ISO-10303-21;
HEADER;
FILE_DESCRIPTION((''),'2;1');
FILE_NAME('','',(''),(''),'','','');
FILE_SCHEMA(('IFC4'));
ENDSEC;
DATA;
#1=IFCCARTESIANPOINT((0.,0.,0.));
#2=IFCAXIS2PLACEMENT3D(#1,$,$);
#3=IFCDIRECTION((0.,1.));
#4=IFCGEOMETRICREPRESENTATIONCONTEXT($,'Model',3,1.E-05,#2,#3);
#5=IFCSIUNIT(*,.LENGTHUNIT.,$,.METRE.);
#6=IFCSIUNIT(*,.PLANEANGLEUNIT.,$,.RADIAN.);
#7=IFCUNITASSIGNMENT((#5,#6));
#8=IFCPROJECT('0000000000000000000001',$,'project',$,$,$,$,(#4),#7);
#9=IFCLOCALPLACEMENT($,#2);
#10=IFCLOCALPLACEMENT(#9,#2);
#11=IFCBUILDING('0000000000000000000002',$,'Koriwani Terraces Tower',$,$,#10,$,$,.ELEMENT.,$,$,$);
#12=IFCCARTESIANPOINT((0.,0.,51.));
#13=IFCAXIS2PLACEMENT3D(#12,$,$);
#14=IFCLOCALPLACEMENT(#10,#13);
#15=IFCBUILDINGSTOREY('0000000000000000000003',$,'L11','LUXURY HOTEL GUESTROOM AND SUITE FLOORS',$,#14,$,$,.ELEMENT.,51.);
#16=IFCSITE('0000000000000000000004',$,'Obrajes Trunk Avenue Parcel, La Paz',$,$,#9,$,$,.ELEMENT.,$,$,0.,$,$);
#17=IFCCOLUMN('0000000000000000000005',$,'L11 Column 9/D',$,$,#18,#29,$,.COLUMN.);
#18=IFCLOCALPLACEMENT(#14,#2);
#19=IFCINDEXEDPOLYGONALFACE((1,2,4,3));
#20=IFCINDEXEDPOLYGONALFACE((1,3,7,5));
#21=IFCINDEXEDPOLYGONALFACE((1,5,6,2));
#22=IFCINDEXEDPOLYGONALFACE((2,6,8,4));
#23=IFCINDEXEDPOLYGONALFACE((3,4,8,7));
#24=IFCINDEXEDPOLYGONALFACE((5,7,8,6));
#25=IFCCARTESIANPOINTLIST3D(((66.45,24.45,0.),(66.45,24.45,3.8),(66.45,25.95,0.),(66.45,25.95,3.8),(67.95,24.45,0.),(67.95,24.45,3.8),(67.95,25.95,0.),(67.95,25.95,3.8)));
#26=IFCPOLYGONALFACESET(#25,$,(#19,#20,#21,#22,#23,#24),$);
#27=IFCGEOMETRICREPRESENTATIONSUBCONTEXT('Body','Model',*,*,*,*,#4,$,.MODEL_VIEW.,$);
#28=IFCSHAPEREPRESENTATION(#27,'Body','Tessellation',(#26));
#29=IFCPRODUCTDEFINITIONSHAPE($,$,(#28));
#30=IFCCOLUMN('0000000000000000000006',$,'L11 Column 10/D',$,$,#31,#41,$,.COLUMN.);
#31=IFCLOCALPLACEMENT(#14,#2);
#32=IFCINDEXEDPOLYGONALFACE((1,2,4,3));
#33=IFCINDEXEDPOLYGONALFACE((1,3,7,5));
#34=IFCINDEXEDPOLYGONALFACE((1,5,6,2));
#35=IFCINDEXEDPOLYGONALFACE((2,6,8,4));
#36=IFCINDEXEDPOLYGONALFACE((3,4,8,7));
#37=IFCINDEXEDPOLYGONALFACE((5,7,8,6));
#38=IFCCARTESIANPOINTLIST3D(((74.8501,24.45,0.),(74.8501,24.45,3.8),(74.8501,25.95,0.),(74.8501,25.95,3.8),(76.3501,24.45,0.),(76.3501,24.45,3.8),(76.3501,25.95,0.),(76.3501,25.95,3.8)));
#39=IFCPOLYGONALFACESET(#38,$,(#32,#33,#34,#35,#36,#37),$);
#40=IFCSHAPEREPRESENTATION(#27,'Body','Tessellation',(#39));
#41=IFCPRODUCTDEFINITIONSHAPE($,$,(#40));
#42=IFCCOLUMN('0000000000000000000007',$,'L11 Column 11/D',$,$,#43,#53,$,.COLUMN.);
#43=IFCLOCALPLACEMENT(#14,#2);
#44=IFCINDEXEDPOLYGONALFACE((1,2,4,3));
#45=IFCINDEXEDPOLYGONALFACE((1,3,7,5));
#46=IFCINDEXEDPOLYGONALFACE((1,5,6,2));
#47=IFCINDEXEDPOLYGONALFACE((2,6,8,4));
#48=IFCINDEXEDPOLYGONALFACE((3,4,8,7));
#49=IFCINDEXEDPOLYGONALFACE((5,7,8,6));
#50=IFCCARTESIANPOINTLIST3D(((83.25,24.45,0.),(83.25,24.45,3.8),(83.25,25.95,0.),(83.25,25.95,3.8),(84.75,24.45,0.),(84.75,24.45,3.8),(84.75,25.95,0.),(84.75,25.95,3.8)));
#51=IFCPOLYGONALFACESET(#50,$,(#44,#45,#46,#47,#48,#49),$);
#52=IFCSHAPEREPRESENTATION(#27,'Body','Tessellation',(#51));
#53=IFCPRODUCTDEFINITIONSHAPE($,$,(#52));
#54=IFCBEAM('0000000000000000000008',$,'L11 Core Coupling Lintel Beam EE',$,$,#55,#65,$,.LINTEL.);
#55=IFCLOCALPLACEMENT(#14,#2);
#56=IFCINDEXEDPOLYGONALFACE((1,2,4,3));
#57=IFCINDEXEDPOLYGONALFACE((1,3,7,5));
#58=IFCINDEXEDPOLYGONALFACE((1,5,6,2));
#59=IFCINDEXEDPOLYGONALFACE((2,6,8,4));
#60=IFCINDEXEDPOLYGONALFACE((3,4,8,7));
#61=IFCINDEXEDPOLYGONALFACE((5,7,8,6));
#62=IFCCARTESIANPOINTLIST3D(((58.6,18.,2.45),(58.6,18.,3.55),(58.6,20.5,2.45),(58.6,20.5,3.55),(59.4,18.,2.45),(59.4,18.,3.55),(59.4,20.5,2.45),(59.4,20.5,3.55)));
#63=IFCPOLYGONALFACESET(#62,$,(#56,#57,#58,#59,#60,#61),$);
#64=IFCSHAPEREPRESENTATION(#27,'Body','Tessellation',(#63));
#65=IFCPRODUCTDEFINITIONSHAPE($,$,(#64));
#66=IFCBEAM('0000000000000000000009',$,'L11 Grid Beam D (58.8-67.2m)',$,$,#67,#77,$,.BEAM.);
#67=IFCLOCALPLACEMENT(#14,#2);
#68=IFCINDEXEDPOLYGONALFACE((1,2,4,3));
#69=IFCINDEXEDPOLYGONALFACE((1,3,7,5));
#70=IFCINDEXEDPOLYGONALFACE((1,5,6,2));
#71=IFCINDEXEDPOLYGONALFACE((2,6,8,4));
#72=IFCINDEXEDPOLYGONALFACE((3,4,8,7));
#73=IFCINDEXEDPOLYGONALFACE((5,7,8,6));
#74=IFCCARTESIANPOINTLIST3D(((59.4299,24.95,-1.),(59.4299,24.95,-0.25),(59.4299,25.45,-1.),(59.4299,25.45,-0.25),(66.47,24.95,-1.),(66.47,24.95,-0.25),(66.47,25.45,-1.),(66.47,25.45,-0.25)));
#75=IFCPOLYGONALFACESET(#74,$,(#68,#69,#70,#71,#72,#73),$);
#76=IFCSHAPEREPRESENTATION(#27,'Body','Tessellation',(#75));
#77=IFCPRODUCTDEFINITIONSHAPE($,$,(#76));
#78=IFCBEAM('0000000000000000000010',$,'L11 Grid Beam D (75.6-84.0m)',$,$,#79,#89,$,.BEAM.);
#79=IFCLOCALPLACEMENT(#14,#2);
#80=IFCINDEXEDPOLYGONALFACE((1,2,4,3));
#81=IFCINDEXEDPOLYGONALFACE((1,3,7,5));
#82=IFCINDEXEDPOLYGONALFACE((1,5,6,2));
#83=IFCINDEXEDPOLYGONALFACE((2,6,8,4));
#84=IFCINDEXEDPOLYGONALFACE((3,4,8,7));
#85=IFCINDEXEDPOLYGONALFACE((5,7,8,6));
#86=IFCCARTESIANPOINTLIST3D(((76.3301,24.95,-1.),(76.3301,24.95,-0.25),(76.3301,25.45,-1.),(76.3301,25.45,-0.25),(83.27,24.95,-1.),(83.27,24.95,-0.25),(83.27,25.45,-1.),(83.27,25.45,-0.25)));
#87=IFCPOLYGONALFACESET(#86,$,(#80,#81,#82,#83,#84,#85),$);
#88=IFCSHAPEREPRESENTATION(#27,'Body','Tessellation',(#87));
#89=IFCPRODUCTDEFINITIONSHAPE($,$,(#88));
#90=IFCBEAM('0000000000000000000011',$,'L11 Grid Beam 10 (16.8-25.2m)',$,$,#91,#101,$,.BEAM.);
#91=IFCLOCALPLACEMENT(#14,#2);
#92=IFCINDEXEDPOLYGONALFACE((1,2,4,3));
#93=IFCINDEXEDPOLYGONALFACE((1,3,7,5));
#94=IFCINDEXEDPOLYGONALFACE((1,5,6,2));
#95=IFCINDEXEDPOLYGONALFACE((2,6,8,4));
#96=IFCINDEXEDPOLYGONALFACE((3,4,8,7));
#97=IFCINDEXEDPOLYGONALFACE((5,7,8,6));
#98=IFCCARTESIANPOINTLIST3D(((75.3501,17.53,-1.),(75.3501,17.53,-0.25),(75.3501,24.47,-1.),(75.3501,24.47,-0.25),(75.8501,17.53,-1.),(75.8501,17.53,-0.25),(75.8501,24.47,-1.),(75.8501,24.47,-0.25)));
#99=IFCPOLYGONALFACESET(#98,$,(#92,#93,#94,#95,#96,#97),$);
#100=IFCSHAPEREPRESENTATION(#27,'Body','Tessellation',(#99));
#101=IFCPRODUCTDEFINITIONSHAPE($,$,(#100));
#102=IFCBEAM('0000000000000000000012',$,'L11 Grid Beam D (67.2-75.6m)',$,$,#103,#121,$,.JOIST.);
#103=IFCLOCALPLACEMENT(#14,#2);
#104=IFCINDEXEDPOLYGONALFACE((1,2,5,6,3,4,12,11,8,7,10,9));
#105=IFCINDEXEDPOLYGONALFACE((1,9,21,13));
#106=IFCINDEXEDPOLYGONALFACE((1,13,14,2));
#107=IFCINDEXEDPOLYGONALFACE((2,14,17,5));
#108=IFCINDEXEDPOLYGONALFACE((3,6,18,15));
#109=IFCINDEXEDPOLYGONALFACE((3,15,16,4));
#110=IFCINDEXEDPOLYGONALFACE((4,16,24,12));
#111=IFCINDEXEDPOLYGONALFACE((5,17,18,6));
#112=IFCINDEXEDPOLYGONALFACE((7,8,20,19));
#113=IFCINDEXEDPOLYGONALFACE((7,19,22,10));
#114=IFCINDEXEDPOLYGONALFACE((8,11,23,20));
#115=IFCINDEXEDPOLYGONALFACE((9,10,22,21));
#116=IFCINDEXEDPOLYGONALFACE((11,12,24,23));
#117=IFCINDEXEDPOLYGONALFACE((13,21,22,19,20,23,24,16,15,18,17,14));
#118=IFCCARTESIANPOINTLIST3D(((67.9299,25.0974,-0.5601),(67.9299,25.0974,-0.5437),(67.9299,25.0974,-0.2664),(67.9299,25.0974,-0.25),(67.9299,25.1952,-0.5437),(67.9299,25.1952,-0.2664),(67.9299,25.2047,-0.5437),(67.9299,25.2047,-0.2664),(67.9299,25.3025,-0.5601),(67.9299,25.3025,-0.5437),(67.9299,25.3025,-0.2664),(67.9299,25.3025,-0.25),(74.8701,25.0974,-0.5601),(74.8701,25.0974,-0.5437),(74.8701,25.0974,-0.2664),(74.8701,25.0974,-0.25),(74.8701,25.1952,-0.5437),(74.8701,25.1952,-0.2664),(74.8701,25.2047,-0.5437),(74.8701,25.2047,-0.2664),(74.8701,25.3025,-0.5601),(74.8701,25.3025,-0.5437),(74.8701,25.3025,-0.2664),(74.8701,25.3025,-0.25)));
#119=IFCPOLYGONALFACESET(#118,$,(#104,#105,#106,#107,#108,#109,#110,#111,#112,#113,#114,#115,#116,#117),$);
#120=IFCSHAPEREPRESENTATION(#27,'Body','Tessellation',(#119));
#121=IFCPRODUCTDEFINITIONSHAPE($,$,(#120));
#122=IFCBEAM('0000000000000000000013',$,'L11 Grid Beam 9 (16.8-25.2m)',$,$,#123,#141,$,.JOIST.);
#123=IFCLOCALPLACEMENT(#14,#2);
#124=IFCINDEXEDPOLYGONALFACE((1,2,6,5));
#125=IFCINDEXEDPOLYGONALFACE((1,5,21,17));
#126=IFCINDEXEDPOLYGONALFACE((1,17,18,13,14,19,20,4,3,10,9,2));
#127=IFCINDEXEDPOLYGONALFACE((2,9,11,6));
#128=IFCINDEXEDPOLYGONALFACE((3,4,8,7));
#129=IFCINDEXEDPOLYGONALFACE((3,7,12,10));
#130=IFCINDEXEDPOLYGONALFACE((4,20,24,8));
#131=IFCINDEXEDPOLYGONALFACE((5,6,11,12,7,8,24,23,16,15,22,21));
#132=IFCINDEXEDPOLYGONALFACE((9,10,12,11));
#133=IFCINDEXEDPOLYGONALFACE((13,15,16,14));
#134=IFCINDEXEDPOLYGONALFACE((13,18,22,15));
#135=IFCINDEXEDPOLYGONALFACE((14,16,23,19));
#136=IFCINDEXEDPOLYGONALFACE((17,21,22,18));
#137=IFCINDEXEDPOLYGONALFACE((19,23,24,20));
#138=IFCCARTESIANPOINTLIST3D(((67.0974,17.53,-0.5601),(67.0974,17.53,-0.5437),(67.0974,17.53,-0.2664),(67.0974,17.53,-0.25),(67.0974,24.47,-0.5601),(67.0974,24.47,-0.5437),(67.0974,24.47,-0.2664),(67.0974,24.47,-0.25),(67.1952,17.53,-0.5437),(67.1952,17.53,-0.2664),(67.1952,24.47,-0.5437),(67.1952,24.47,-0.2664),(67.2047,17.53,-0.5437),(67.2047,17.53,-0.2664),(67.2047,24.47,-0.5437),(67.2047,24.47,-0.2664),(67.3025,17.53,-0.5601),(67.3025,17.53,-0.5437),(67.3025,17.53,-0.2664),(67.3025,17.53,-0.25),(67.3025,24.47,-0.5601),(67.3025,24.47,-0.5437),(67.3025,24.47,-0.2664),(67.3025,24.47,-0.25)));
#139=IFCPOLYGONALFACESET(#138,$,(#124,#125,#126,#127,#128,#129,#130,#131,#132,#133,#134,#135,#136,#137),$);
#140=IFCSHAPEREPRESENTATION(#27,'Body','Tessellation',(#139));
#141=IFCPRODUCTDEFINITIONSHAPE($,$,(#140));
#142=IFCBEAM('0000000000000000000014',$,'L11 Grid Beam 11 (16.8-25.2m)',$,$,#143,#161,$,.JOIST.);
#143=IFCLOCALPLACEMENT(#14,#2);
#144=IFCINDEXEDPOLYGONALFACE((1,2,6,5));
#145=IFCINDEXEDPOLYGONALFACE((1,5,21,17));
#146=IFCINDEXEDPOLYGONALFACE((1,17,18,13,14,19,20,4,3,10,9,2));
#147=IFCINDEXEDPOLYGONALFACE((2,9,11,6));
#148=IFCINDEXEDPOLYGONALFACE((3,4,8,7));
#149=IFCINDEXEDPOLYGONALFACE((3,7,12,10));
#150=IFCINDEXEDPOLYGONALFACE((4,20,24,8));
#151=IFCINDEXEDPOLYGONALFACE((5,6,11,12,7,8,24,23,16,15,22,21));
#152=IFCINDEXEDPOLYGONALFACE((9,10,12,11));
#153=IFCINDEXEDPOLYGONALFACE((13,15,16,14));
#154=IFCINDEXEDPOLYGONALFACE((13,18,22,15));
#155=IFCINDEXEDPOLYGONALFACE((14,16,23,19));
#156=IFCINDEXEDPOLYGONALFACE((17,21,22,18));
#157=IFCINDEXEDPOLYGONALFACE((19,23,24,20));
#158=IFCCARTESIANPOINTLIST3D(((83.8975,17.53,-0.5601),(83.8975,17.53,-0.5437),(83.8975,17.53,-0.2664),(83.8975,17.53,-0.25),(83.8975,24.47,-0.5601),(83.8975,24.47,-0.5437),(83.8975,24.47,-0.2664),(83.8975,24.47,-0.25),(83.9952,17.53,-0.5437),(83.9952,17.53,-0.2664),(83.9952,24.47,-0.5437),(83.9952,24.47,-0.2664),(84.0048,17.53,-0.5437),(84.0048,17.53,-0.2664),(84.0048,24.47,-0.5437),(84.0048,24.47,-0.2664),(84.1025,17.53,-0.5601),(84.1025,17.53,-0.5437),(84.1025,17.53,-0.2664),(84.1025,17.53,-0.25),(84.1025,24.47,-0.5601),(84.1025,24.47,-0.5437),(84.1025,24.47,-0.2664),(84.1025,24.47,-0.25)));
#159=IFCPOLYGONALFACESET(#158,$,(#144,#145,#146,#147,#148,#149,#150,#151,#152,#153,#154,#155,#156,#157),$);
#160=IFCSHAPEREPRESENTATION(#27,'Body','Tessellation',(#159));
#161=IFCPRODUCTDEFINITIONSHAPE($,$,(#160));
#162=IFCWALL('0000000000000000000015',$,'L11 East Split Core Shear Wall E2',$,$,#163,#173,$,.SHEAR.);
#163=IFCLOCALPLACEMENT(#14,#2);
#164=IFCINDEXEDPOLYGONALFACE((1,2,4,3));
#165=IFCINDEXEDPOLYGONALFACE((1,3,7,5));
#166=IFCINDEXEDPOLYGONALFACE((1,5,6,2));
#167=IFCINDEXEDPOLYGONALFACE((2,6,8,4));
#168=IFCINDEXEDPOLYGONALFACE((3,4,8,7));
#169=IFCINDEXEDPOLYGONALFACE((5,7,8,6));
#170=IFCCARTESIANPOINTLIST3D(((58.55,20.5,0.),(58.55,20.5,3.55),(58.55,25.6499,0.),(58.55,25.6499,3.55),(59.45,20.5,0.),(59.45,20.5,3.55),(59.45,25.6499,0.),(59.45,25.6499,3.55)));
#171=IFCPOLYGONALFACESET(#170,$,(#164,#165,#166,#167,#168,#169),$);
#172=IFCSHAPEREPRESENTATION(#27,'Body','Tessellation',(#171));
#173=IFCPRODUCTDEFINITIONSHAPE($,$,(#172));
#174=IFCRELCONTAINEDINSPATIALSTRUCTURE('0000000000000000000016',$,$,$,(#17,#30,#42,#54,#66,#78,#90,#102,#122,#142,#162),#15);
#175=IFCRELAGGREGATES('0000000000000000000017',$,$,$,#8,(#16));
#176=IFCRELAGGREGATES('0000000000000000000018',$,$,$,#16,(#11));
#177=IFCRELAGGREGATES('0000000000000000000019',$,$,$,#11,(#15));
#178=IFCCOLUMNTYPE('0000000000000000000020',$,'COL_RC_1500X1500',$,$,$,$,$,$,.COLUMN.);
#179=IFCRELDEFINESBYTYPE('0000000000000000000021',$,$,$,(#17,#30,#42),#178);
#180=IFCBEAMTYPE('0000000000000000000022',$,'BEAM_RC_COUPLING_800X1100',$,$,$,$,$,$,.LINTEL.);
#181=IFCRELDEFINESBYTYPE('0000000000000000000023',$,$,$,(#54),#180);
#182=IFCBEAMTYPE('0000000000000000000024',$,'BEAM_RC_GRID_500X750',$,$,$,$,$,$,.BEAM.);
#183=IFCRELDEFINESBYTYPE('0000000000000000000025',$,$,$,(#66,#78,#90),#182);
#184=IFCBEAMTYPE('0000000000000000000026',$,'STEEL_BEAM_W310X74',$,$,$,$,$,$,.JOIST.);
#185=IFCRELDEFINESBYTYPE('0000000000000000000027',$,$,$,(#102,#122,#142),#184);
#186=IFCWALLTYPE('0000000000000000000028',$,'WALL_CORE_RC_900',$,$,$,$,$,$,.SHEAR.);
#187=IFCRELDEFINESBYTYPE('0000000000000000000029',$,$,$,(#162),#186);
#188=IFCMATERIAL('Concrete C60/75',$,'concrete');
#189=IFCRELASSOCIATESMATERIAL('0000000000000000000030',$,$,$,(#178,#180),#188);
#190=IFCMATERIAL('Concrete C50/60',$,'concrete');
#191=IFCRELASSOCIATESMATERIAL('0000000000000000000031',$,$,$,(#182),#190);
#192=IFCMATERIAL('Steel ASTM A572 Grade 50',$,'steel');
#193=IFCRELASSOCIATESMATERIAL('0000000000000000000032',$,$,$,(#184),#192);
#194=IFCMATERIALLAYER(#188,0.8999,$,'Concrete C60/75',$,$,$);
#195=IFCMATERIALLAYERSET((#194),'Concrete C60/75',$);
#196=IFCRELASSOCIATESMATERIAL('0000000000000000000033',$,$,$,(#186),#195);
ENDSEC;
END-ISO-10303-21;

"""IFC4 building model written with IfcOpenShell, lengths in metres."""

from ifc_helpers import new_model, si_unit, direction, frame, frame_2d, origin, origin_2d, place, context, subcontext, project, spatial, rectangle, i_section, extrude, material, layer, layer_set, material_profile, profile_set, type_object, element, save


model = new_model("IFC4")

# Units and contexts
model_context = context("Model", 3, precision=1e-05, world=origin(), true_north=direction((0.0, 1.0)))
body_context = subcontext(model_context, "Body", "Model", "MODEL_VIEW")
ifc_project = project(units=[si_unit("LENGTHUNIT", "METRE"), si_unit("PLANEANGLEUNIT", "RADIAN")], contexts=[model_context])

# Site, building, storey
site_placement = place(None, origin())
site = spatial("IfcSite", under=ifc_project, at=site_placement, Name="Obrajes Trunk Avenue Parcel, La Paz", CompositionType="ELEMENT", RefElevation=0.0)
building_placement = place(site_placement, origin())
building = spatial("IfcBuilding", under=site, at=building_placement, Name="Koriwani Terraces Tower", CompositionType="ELEMENT")
storey_placement = place(building_placement, frame((0.0, 0.0, 51.0)))
storey = spatial("IfcBuildingStorey", under=building, at=storey_placement, Name="L11", Description="LUXURY HOTEL GUESTROOM AND SUITE FLOORS", CompositionType="ELEMENT", Elevation=51.0)

# Columns
ifc_material_1 = material(Name="Concrete C60/75", Category="concrete")
ifc_material_profile_1 = material_profile(ifc_material_1, rectangle(XDim=1.5, YDim=1.5, at=origin_2d()), Name="Concrete C60/75", Category="LoadBearing")
ifc_profile_set_1 = profile_set([ifc_material_profile_1], Name="Concrete C60/75")
column_type = type_object("IfcColumnType", Name="COL_RC_1500X1500", PredefinedType="COLUMN", material=ifc_profile_set_1)
for number, where, z_axis, x_axis, name in (
    (1, (67.2, 25.2, 0.0), (0.0, 0.0, 1.0), (1.0, 0.0, 0.0), "L11 Column 9/D"),
    (2, (75.6001, 25.2, 0.0), (0.0, 0.0, 1.0), (1.0, 0.0, 0.0), "L11 Column 10/D"),
    (3, (84.0, 25.2, 0.0), (0.0, 0.0, 1.0), (1.0, 0.0, 0.0), "L11 Column 11/D"),
):
    element("IfcColumn", number, at=place(storey_placement, frame(where, z_axis=z_axis, x_axis=x_axis)), inside=storey, type_object=column_type, Name=name, PredefinedType="COLUMN", context=body_context, shape_type="SweptSolid", body=[
        extrude(rectangle(XDim=1.5, YDim=1.5, at=origin_2d()), origin(), (0.0, 0.0, 1.0), 3.8),
    ])

# Beams
ifc_material_profile_2 = material_profile(ifc_material_1, rectangle(XDim=0.8, YDim=1.1001, at=origin_2d()), Name="Concrete C60/75", Category="LoadBearing")
ifc_profile_set_2 = profile_set([ifc_material_profile_2], Name="Concrete C60/75")
beam_type_1 = type_object("IfcBeamType", Name="BEAM_RC_COUPLING_800X1100", PredefinedType="LINTEL", material=ifc_profile_set_2)
beam_1_placement = place(storey_placement, frame((59.0, 18.0, 3.0), z_axis=(0.0, 1.0, 0.0), x_axis=(-1.0, 0.0, 0.0)))
element("IfcBeam", 4, at=beam_1_placement, inside=storey, type_object=beam_type_1, Name="L11 Core Coupling Lintel Beam EE", PredefinedType="LINTEL", context=body_context, shape_type="SweptSolid", body=[
    extrude(rectangle(XDim=0.8, YDim=1.1001, at=origin_2d()), origin(), (0.0, 0.0, 1.0), 2.5),
])
ifc_material_2 = material(Name="Concrete C50/60", Category="concrete")
ifc_material_profile_3 = material_profile(ifc_material_2, rectangle(XDim=0.5, YDim=0.75, at=origin_2d()), Name="Concrete C50/60", Category="LoadBearing")
ifc_profile_set_3 = profile_set([ifc_material_profile_3], Name="Concrete C50/60")
beam_type_2 = type_object("IfcBeamType", Name="BEAM_RC_GRID_500X750", PredefinedType="BEAM", material=ifc_profile_set_3)
beam_2_placement = place(storey_placement, frame((59.4299, 25.2, -0.625), z_axis=(1.0, 0.0, 0.0), x_axis=(0.0, 1.0, 0.0)))
element("IfcBeam", 5, at=beam_2_placement, inside=storey, type_object=beam_type_2, Name="L11 Grid Beam D (58.8-67.2m)", PredefinedType="BEAM", context=body_context, shape_type="SweptSolid", body=[
    extrude(rectangle(XDim=0.5, YDim=0.75, at=origin_2d()), origin(), (0.0, 0.0, 1.0), 7.04),
])
for number, where, z_axis, x_axis, name in (
    (6, (76.3301, 25.2, -0.625), (1.0, 0.0, 0.0), (0.0, 1.0, 0.0), "L11 Grid Beam D (75.6-84.0m)"),
    (7, (75.6001, 17.53, -0.625), (0.0, 1.0, 0.0), (-1.0, 0.0, 0.0), "L11 Grid Beam 10 (16.8-25.2m)"),
):
    element("IfcBeam", number, at=place(storey_placement, frame(where, z_axis=z_axis, x_axis=x_axis)), inside=storey, type_object=beam_type_2, Name=name, PredefinedType="BEAM", context=body_context, shape_type="SweptSolid", body=[
        extrude(rectangle(XDim=0.5, YDim=0.75, at=origin_2d()), origin(), (0.0, 0.0, 1.0), 6.9399),
    ])
ifc_material_3 = material(Name="Steel ASTM A572 Grade 50", Category="steel")
ifc_material_profile_4 = material_profile(ifc_material_3, i_section(OverallWidth=0.2051, OverallDepth=0.3101, WebThickness=0.0095, FlangeThickness=0.0164, at=origin_2d()), Name="Steel ASTM A572 Grade 50", Category="LoadBearing")
ifc_profile_set_4 = profile_set([ifc_material_profile_4], Name="Steel ASTM A572 Grade 50")
beam_type_3 = type_object("IfcBeamType", Name="STEEL_BEAM_W310X74", PredefinedType="JOIST", material=ifc_profile_set_4)
beam_3_placement = place(storey_placement, frame((67.9299, 25.2, -0.405), z_axis=(1.0, 0.0, 0.0), x_axis=(0.0, 1.0, 0.0)))
element("IfcBeam", 8, at=beam_3_placement, inside=storey, type_object=beam_type_3, Name="L11 Grid Beam D (67.2-75.6m)", PredefinedType="JOIST", context=body_context, shape_type="SweptSolid", body=[
    extrude(i_section(OverallWidth=0.2051, OverallDepth=0.3101, WebThickness=0.0095, FlangeThickness=0.0164, at=origin_2d()), origin(), (0.0, 0.0, 1.0), 6.9402),
])
for number, where, z_axis, x_axis, name in (
    (9, (67.2, 17.53, -0.405), (0.0, 1.0, 0.0), (-1.0, 0.0, 0.0), "L11 Grid Beam 9 (16.8-25.2m)"),
    (10, (84.0, 17.53, -0.405), (0.0, 1.0, 0.0), (-1.0, 0.0, 0.0), "L11 Grid Beam 11 (16.8-25.2m)"),
):
    element("IfcBeam", number, at=place(storey_placement, frame(where, z_axis=z_axis, x_axis=x_axis)), inside=storey, type_object=beam_type_3, Name=name, PredefinedType="JOIST", context=body_context, shape_type="SweptSolid", body=[
        extrude(i_section(OverallWidth=0.2051, OverallDepth=0.3101, WebThickness=0.0095, FlangeThickness=0.0164, at=origin_2d()), origin(), (0.0, 0.0, 1.0), 6.9399),
    ])

# Wall
ifc_layer_1 = layer(ifc_material_1, 0.8999, Name="Concrete C60/75")
ifc_layer_set_1 = layer_set([ifc_layer_1], Name="Concrete C60/75")
wall_type_1 = type_object("IfcWallType", Name="WALL_CORE_RC_900", PredefinedType="SHEAR", material=ifc_layer_set_1)
wall_1_placement = place(storey_placement, frame((59.0, 20.5, 0.0), z_axis=(0.0, 0.0, 1.0), x_axis=(0.0, 1.0, 0.0)))
element("IfcWall", 11, at=wall_1_placement, inside=storey, type_object=wall_type_1, Name="L11 East Split Core Shear Wall E2", PredefinedType="SHEAR", context=body_context, shape_type="SweptSolid", body=[
    extrude(rectangle(XDim=5.1499, YDim=0.8999, at=frame_2d((2.575, 0.0))), origin(), (0.0, 0.0, 1.0), 3.55),
])

save(model, "model.ifc")
